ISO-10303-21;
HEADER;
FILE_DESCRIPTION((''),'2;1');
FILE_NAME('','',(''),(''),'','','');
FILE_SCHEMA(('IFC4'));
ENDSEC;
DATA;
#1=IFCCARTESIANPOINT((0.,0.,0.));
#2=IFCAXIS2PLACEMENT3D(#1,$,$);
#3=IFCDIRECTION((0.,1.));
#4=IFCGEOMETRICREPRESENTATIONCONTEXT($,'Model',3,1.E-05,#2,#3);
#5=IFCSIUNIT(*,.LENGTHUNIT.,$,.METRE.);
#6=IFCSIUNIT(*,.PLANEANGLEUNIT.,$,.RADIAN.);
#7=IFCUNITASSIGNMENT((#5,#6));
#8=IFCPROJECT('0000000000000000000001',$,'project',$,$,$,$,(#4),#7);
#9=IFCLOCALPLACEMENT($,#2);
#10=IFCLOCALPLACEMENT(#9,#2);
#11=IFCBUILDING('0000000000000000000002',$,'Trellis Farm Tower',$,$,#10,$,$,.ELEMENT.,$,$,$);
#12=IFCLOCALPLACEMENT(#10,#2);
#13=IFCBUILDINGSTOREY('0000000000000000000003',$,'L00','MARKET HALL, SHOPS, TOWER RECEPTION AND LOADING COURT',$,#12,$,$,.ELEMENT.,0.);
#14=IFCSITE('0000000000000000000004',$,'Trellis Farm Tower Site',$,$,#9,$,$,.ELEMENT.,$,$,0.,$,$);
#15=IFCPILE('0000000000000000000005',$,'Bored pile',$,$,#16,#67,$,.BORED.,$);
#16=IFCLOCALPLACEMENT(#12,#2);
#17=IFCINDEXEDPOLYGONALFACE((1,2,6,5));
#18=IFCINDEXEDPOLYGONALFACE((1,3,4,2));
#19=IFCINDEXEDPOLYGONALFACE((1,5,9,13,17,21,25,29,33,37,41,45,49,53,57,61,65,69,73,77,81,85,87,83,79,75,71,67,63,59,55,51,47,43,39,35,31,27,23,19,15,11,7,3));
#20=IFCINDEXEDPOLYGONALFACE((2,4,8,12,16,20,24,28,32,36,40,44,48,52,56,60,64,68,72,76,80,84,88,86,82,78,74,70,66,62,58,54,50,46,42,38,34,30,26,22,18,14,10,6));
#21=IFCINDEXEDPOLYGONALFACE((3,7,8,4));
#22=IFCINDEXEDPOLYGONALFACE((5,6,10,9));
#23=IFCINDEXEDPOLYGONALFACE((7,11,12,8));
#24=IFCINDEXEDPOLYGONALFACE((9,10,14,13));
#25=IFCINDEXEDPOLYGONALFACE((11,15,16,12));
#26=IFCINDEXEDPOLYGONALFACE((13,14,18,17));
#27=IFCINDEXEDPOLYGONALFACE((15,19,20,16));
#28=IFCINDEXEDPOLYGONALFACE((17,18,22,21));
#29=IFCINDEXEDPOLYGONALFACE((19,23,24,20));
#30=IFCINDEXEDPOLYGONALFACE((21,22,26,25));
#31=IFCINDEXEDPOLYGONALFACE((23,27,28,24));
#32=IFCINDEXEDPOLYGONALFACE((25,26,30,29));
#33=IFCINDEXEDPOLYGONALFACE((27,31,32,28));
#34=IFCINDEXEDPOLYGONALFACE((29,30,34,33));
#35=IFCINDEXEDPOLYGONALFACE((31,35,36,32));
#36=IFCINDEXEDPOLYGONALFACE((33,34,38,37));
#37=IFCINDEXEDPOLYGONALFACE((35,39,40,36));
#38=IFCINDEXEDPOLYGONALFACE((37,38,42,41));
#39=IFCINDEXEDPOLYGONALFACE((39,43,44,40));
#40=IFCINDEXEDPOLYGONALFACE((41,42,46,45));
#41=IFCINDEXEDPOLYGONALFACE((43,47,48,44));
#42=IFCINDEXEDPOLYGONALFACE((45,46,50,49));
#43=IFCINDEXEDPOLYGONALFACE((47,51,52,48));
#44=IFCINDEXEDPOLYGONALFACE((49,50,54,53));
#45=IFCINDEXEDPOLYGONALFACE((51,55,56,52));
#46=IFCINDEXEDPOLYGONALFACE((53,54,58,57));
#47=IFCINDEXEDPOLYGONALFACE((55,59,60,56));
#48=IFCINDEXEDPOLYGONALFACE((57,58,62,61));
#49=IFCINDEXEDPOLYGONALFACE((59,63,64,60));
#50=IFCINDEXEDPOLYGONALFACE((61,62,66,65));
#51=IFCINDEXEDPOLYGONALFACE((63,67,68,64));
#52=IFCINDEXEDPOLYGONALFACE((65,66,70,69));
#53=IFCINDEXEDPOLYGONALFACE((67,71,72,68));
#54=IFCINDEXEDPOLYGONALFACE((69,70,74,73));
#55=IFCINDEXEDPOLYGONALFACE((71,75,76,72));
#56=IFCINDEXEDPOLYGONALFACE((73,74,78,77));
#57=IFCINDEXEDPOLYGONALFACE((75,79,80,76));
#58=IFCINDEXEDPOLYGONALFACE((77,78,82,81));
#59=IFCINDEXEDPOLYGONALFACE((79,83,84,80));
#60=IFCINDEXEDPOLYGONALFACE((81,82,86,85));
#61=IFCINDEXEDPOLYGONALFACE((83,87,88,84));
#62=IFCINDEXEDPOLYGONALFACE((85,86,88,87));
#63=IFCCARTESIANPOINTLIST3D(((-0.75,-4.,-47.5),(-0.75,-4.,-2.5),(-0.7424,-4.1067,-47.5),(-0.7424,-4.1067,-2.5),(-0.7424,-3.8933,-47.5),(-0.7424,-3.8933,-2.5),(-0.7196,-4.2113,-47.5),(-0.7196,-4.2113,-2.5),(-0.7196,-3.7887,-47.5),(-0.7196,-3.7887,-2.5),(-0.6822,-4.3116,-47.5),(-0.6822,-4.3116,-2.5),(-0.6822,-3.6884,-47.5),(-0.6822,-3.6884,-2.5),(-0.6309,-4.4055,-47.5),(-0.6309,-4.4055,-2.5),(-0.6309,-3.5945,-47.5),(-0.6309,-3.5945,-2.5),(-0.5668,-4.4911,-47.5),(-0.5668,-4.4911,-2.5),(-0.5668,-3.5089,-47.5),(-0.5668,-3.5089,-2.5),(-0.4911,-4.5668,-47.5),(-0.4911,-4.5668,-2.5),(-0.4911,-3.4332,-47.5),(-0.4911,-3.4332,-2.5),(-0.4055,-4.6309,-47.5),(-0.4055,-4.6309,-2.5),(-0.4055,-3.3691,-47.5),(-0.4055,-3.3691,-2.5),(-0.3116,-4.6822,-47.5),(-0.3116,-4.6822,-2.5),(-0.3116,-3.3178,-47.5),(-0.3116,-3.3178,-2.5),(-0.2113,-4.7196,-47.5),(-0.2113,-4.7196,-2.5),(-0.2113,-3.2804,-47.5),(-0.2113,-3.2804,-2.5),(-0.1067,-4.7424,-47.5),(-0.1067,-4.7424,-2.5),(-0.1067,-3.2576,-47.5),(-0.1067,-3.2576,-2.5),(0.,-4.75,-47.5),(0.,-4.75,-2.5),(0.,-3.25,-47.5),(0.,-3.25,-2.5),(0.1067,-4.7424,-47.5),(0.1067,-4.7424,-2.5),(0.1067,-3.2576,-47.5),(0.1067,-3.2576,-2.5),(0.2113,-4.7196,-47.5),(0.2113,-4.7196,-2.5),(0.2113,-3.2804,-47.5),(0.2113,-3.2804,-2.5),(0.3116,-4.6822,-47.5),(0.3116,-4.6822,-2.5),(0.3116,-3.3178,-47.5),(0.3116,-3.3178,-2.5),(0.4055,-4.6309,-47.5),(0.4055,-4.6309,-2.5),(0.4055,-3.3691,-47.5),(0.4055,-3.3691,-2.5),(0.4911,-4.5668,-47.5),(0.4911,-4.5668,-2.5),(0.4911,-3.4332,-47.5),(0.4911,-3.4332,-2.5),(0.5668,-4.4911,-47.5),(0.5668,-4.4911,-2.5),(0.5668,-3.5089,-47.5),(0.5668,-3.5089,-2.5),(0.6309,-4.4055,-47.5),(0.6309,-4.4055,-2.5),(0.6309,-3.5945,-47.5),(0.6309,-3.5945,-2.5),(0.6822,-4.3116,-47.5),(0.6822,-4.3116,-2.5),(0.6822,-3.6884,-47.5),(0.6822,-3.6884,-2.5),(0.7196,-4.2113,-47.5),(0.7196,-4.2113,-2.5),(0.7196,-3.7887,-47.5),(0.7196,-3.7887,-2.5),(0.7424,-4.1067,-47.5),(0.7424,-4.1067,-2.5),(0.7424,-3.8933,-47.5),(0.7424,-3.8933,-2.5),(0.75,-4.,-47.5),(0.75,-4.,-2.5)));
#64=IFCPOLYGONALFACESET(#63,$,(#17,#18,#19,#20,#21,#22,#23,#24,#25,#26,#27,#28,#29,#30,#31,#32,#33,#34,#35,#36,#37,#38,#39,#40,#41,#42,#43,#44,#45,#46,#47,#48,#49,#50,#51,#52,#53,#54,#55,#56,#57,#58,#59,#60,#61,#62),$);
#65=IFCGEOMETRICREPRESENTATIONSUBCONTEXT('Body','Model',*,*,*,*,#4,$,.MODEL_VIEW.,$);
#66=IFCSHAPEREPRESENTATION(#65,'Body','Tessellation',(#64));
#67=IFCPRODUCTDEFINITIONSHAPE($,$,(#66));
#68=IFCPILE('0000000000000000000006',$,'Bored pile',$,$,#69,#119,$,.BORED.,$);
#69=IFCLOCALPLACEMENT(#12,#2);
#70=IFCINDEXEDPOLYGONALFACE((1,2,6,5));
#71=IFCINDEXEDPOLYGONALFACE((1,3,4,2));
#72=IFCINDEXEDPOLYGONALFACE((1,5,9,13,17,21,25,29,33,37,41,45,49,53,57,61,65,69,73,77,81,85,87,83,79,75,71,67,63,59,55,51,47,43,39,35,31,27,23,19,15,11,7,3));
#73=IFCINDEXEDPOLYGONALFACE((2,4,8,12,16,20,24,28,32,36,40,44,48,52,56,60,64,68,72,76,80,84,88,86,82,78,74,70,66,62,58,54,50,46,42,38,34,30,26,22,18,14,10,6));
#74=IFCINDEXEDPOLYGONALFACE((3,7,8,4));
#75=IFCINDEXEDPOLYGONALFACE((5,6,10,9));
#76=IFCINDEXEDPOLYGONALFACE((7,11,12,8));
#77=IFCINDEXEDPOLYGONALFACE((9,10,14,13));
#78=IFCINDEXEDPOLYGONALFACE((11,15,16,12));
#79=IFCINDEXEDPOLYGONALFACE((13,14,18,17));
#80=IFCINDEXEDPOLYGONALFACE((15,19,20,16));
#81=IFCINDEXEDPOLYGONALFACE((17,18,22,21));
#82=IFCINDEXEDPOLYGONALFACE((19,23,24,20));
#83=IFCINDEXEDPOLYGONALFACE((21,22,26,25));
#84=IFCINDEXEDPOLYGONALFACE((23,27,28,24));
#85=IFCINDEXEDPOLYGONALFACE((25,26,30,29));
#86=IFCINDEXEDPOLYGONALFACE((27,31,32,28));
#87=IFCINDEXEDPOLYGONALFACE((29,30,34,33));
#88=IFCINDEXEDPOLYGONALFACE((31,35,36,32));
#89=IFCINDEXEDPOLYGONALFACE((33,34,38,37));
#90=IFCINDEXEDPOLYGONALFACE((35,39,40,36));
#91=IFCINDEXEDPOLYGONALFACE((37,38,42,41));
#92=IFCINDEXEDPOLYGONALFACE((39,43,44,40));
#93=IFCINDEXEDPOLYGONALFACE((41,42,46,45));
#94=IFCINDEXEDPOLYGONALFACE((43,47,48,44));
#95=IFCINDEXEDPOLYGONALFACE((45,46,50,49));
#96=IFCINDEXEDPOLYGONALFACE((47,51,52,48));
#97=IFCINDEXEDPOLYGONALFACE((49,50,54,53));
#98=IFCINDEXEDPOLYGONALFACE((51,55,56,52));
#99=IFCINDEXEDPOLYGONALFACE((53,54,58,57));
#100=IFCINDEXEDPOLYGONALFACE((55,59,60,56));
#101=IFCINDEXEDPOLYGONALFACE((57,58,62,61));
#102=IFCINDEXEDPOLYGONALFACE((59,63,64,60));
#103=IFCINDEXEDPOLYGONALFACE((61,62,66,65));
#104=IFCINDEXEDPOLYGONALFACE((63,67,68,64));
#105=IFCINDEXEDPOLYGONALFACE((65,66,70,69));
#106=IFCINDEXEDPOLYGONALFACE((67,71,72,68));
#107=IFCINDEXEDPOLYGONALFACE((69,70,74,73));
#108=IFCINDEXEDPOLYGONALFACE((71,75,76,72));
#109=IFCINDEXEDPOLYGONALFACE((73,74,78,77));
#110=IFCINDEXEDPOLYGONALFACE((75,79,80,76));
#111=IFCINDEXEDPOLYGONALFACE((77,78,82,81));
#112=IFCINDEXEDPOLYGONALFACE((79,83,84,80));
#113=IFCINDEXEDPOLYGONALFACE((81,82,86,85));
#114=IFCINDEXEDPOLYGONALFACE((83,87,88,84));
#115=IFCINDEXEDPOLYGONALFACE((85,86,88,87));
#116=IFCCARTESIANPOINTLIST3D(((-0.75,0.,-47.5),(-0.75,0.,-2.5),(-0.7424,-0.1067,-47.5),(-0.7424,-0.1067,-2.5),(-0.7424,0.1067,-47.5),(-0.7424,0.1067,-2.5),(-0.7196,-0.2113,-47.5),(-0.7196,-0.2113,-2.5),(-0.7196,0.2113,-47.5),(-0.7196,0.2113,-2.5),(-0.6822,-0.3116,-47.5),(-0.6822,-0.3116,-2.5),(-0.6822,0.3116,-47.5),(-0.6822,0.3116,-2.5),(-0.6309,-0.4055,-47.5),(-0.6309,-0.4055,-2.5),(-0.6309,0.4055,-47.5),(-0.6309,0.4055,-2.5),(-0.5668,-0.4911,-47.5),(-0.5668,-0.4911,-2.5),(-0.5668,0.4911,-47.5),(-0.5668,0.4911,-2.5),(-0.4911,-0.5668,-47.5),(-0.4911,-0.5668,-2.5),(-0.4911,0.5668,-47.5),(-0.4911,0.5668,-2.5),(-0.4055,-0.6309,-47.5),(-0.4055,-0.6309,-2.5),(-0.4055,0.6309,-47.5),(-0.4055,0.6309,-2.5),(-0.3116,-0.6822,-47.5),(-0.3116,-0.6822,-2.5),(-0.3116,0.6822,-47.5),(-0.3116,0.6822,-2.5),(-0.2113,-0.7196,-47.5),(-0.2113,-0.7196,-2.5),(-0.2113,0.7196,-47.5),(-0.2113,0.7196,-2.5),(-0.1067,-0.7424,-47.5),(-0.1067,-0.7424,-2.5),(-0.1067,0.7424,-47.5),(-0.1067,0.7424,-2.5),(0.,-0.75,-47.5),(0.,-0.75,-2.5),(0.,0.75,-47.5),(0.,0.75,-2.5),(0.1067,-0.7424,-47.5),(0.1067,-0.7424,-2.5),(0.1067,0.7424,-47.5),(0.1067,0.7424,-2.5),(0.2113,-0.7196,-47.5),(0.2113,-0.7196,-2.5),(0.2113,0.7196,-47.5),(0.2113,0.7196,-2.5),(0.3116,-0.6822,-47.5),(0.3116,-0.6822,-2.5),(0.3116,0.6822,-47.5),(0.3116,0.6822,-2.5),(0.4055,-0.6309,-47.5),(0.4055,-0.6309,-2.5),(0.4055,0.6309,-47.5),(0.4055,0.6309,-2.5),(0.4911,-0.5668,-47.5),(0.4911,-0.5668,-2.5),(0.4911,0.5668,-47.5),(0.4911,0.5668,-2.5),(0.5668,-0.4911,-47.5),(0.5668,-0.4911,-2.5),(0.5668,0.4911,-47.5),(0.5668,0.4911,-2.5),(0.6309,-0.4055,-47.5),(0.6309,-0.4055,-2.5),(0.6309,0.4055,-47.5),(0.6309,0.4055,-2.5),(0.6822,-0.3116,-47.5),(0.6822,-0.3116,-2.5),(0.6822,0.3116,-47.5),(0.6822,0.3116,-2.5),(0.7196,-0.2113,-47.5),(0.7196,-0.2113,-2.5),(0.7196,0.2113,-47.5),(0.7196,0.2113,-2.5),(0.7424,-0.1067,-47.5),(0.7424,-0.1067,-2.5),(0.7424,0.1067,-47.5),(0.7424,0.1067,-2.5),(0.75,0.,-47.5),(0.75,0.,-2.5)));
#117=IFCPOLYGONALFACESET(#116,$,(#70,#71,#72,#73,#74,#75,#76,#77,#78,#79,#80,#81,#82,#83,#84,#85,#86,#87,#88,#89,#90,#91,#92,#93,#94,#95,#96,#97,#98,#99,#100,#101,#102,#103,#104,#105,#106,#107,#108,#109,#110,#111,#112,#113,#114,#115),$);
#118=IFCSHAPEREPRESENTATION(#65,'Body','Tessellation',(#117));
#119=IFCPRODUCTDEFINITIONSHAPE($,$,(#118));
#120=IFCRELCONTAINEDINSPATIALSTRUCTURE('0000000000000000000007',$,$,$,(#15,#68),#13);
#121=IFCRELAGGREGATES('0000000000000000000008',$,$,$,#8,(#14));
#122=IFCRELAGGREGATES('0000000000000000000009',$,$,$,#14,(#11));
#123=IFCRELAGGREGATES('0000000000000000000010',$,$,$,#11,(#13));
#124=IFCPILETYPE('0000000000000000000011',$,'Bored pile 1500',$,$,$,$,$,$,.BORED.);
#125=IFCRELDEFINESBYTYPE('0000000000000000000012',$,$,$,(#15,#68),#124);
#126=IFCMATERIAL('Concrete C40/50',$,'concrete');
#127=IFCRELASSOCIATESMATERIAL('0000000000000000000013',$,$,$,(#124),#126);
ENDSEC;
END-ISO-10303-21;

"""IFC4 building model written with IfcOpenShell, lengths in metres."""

from ifc_helpers import new_model, si_unit, direction, frame, origin, origin_2d, place, context, subcontext, project, spatial, circle, extrude, source, transform, mapped, material, material_profile, profile_set, type_object, element, save


model = new_model("IFC4")

# Units and contexts
model_context = context("Model", 3, precision=1e-05, world=origin(), true_north=direction((0.0, 1.0)))
body_context = subcontext(model_context, "Body", "Model", "MODEL_VIEW")
ifc_project = project(units=[si_unit("LENGTHUNIT", "METRE"), si_unit("PLANEANGLEUNIT", "RADIAN")], contexts=[model_context])

# Site, building, storey
site_placement = place(None, origin())
site = spatial("IfcSite", under=ifc_project, at=site_placement, Name="Trellis Farm Tower Site", CompositionType="ELEMENT", RefElevation=0.0)
building_placement = place(site_placement, origin())
building = spatial("IfcBuilding", under=site, at=building_placement, Name="Trellis Farm Tower", CompositionType="ELEMENT")
storey_placement = place(building_placement, origin())
storey = spatial("IfcBuildingStorey", under=building, at=storey_placement, Name="L00", Description="MARKET HALL, SHOPS, TOWER RECEPTION AND LOADING COURT", CompositionType="ELEMENT", Elevation=0.0)

# Shared definitions
ifc_material_1 = material(Name="Concrete C40/50", Category="concrete")

# Piles
ifc_material_profile = material_profile(ifc_material_1, circle(Radius=0.75, at=origin_2d()), Name="Bored pile 1500")
ifc_profile_set = profile_set([ifc_material_profile], Name="Concrete C40/50")
pile_type = type_object("IfcPileType", Name="Bored pile 1500", PredefinedType="BORED", material=ifc_profile_set)
shared_shape_1 = source(origin(), body_context, "Body", "SweptSolid", [
    extrude(circle(Radius=0.75, at=origin_2d()), origin(), (0.0, 0.0, 1.0), 45.0),
])
for number, where, z_axis, x_axis, name in (
    (1, (0.0, -4.0, -2.5), (0.0, 0.0, -1.0), (1.0, 0.0, 0.0), "Bored pile"),
    (2, (0.0, 0.0, -2.5), (0.0, 0.0, -1.0), (1.0, 0.0, 0.0), "Bored pile"),
):
    element("IfcPile", number, at=place(storey_placement, frame(where, z_axis=z_axis, x_axis=x_axis)), inside=storey, type_object=pile_type, Name=name, PredefinedType="BORED", context=body_context, shape_type="MappedRepresentation", body=[
        mapped(shared_shape_1, transform((0.0, 0.0, 0.0))),
    ])

save(model, "model.ifc")
